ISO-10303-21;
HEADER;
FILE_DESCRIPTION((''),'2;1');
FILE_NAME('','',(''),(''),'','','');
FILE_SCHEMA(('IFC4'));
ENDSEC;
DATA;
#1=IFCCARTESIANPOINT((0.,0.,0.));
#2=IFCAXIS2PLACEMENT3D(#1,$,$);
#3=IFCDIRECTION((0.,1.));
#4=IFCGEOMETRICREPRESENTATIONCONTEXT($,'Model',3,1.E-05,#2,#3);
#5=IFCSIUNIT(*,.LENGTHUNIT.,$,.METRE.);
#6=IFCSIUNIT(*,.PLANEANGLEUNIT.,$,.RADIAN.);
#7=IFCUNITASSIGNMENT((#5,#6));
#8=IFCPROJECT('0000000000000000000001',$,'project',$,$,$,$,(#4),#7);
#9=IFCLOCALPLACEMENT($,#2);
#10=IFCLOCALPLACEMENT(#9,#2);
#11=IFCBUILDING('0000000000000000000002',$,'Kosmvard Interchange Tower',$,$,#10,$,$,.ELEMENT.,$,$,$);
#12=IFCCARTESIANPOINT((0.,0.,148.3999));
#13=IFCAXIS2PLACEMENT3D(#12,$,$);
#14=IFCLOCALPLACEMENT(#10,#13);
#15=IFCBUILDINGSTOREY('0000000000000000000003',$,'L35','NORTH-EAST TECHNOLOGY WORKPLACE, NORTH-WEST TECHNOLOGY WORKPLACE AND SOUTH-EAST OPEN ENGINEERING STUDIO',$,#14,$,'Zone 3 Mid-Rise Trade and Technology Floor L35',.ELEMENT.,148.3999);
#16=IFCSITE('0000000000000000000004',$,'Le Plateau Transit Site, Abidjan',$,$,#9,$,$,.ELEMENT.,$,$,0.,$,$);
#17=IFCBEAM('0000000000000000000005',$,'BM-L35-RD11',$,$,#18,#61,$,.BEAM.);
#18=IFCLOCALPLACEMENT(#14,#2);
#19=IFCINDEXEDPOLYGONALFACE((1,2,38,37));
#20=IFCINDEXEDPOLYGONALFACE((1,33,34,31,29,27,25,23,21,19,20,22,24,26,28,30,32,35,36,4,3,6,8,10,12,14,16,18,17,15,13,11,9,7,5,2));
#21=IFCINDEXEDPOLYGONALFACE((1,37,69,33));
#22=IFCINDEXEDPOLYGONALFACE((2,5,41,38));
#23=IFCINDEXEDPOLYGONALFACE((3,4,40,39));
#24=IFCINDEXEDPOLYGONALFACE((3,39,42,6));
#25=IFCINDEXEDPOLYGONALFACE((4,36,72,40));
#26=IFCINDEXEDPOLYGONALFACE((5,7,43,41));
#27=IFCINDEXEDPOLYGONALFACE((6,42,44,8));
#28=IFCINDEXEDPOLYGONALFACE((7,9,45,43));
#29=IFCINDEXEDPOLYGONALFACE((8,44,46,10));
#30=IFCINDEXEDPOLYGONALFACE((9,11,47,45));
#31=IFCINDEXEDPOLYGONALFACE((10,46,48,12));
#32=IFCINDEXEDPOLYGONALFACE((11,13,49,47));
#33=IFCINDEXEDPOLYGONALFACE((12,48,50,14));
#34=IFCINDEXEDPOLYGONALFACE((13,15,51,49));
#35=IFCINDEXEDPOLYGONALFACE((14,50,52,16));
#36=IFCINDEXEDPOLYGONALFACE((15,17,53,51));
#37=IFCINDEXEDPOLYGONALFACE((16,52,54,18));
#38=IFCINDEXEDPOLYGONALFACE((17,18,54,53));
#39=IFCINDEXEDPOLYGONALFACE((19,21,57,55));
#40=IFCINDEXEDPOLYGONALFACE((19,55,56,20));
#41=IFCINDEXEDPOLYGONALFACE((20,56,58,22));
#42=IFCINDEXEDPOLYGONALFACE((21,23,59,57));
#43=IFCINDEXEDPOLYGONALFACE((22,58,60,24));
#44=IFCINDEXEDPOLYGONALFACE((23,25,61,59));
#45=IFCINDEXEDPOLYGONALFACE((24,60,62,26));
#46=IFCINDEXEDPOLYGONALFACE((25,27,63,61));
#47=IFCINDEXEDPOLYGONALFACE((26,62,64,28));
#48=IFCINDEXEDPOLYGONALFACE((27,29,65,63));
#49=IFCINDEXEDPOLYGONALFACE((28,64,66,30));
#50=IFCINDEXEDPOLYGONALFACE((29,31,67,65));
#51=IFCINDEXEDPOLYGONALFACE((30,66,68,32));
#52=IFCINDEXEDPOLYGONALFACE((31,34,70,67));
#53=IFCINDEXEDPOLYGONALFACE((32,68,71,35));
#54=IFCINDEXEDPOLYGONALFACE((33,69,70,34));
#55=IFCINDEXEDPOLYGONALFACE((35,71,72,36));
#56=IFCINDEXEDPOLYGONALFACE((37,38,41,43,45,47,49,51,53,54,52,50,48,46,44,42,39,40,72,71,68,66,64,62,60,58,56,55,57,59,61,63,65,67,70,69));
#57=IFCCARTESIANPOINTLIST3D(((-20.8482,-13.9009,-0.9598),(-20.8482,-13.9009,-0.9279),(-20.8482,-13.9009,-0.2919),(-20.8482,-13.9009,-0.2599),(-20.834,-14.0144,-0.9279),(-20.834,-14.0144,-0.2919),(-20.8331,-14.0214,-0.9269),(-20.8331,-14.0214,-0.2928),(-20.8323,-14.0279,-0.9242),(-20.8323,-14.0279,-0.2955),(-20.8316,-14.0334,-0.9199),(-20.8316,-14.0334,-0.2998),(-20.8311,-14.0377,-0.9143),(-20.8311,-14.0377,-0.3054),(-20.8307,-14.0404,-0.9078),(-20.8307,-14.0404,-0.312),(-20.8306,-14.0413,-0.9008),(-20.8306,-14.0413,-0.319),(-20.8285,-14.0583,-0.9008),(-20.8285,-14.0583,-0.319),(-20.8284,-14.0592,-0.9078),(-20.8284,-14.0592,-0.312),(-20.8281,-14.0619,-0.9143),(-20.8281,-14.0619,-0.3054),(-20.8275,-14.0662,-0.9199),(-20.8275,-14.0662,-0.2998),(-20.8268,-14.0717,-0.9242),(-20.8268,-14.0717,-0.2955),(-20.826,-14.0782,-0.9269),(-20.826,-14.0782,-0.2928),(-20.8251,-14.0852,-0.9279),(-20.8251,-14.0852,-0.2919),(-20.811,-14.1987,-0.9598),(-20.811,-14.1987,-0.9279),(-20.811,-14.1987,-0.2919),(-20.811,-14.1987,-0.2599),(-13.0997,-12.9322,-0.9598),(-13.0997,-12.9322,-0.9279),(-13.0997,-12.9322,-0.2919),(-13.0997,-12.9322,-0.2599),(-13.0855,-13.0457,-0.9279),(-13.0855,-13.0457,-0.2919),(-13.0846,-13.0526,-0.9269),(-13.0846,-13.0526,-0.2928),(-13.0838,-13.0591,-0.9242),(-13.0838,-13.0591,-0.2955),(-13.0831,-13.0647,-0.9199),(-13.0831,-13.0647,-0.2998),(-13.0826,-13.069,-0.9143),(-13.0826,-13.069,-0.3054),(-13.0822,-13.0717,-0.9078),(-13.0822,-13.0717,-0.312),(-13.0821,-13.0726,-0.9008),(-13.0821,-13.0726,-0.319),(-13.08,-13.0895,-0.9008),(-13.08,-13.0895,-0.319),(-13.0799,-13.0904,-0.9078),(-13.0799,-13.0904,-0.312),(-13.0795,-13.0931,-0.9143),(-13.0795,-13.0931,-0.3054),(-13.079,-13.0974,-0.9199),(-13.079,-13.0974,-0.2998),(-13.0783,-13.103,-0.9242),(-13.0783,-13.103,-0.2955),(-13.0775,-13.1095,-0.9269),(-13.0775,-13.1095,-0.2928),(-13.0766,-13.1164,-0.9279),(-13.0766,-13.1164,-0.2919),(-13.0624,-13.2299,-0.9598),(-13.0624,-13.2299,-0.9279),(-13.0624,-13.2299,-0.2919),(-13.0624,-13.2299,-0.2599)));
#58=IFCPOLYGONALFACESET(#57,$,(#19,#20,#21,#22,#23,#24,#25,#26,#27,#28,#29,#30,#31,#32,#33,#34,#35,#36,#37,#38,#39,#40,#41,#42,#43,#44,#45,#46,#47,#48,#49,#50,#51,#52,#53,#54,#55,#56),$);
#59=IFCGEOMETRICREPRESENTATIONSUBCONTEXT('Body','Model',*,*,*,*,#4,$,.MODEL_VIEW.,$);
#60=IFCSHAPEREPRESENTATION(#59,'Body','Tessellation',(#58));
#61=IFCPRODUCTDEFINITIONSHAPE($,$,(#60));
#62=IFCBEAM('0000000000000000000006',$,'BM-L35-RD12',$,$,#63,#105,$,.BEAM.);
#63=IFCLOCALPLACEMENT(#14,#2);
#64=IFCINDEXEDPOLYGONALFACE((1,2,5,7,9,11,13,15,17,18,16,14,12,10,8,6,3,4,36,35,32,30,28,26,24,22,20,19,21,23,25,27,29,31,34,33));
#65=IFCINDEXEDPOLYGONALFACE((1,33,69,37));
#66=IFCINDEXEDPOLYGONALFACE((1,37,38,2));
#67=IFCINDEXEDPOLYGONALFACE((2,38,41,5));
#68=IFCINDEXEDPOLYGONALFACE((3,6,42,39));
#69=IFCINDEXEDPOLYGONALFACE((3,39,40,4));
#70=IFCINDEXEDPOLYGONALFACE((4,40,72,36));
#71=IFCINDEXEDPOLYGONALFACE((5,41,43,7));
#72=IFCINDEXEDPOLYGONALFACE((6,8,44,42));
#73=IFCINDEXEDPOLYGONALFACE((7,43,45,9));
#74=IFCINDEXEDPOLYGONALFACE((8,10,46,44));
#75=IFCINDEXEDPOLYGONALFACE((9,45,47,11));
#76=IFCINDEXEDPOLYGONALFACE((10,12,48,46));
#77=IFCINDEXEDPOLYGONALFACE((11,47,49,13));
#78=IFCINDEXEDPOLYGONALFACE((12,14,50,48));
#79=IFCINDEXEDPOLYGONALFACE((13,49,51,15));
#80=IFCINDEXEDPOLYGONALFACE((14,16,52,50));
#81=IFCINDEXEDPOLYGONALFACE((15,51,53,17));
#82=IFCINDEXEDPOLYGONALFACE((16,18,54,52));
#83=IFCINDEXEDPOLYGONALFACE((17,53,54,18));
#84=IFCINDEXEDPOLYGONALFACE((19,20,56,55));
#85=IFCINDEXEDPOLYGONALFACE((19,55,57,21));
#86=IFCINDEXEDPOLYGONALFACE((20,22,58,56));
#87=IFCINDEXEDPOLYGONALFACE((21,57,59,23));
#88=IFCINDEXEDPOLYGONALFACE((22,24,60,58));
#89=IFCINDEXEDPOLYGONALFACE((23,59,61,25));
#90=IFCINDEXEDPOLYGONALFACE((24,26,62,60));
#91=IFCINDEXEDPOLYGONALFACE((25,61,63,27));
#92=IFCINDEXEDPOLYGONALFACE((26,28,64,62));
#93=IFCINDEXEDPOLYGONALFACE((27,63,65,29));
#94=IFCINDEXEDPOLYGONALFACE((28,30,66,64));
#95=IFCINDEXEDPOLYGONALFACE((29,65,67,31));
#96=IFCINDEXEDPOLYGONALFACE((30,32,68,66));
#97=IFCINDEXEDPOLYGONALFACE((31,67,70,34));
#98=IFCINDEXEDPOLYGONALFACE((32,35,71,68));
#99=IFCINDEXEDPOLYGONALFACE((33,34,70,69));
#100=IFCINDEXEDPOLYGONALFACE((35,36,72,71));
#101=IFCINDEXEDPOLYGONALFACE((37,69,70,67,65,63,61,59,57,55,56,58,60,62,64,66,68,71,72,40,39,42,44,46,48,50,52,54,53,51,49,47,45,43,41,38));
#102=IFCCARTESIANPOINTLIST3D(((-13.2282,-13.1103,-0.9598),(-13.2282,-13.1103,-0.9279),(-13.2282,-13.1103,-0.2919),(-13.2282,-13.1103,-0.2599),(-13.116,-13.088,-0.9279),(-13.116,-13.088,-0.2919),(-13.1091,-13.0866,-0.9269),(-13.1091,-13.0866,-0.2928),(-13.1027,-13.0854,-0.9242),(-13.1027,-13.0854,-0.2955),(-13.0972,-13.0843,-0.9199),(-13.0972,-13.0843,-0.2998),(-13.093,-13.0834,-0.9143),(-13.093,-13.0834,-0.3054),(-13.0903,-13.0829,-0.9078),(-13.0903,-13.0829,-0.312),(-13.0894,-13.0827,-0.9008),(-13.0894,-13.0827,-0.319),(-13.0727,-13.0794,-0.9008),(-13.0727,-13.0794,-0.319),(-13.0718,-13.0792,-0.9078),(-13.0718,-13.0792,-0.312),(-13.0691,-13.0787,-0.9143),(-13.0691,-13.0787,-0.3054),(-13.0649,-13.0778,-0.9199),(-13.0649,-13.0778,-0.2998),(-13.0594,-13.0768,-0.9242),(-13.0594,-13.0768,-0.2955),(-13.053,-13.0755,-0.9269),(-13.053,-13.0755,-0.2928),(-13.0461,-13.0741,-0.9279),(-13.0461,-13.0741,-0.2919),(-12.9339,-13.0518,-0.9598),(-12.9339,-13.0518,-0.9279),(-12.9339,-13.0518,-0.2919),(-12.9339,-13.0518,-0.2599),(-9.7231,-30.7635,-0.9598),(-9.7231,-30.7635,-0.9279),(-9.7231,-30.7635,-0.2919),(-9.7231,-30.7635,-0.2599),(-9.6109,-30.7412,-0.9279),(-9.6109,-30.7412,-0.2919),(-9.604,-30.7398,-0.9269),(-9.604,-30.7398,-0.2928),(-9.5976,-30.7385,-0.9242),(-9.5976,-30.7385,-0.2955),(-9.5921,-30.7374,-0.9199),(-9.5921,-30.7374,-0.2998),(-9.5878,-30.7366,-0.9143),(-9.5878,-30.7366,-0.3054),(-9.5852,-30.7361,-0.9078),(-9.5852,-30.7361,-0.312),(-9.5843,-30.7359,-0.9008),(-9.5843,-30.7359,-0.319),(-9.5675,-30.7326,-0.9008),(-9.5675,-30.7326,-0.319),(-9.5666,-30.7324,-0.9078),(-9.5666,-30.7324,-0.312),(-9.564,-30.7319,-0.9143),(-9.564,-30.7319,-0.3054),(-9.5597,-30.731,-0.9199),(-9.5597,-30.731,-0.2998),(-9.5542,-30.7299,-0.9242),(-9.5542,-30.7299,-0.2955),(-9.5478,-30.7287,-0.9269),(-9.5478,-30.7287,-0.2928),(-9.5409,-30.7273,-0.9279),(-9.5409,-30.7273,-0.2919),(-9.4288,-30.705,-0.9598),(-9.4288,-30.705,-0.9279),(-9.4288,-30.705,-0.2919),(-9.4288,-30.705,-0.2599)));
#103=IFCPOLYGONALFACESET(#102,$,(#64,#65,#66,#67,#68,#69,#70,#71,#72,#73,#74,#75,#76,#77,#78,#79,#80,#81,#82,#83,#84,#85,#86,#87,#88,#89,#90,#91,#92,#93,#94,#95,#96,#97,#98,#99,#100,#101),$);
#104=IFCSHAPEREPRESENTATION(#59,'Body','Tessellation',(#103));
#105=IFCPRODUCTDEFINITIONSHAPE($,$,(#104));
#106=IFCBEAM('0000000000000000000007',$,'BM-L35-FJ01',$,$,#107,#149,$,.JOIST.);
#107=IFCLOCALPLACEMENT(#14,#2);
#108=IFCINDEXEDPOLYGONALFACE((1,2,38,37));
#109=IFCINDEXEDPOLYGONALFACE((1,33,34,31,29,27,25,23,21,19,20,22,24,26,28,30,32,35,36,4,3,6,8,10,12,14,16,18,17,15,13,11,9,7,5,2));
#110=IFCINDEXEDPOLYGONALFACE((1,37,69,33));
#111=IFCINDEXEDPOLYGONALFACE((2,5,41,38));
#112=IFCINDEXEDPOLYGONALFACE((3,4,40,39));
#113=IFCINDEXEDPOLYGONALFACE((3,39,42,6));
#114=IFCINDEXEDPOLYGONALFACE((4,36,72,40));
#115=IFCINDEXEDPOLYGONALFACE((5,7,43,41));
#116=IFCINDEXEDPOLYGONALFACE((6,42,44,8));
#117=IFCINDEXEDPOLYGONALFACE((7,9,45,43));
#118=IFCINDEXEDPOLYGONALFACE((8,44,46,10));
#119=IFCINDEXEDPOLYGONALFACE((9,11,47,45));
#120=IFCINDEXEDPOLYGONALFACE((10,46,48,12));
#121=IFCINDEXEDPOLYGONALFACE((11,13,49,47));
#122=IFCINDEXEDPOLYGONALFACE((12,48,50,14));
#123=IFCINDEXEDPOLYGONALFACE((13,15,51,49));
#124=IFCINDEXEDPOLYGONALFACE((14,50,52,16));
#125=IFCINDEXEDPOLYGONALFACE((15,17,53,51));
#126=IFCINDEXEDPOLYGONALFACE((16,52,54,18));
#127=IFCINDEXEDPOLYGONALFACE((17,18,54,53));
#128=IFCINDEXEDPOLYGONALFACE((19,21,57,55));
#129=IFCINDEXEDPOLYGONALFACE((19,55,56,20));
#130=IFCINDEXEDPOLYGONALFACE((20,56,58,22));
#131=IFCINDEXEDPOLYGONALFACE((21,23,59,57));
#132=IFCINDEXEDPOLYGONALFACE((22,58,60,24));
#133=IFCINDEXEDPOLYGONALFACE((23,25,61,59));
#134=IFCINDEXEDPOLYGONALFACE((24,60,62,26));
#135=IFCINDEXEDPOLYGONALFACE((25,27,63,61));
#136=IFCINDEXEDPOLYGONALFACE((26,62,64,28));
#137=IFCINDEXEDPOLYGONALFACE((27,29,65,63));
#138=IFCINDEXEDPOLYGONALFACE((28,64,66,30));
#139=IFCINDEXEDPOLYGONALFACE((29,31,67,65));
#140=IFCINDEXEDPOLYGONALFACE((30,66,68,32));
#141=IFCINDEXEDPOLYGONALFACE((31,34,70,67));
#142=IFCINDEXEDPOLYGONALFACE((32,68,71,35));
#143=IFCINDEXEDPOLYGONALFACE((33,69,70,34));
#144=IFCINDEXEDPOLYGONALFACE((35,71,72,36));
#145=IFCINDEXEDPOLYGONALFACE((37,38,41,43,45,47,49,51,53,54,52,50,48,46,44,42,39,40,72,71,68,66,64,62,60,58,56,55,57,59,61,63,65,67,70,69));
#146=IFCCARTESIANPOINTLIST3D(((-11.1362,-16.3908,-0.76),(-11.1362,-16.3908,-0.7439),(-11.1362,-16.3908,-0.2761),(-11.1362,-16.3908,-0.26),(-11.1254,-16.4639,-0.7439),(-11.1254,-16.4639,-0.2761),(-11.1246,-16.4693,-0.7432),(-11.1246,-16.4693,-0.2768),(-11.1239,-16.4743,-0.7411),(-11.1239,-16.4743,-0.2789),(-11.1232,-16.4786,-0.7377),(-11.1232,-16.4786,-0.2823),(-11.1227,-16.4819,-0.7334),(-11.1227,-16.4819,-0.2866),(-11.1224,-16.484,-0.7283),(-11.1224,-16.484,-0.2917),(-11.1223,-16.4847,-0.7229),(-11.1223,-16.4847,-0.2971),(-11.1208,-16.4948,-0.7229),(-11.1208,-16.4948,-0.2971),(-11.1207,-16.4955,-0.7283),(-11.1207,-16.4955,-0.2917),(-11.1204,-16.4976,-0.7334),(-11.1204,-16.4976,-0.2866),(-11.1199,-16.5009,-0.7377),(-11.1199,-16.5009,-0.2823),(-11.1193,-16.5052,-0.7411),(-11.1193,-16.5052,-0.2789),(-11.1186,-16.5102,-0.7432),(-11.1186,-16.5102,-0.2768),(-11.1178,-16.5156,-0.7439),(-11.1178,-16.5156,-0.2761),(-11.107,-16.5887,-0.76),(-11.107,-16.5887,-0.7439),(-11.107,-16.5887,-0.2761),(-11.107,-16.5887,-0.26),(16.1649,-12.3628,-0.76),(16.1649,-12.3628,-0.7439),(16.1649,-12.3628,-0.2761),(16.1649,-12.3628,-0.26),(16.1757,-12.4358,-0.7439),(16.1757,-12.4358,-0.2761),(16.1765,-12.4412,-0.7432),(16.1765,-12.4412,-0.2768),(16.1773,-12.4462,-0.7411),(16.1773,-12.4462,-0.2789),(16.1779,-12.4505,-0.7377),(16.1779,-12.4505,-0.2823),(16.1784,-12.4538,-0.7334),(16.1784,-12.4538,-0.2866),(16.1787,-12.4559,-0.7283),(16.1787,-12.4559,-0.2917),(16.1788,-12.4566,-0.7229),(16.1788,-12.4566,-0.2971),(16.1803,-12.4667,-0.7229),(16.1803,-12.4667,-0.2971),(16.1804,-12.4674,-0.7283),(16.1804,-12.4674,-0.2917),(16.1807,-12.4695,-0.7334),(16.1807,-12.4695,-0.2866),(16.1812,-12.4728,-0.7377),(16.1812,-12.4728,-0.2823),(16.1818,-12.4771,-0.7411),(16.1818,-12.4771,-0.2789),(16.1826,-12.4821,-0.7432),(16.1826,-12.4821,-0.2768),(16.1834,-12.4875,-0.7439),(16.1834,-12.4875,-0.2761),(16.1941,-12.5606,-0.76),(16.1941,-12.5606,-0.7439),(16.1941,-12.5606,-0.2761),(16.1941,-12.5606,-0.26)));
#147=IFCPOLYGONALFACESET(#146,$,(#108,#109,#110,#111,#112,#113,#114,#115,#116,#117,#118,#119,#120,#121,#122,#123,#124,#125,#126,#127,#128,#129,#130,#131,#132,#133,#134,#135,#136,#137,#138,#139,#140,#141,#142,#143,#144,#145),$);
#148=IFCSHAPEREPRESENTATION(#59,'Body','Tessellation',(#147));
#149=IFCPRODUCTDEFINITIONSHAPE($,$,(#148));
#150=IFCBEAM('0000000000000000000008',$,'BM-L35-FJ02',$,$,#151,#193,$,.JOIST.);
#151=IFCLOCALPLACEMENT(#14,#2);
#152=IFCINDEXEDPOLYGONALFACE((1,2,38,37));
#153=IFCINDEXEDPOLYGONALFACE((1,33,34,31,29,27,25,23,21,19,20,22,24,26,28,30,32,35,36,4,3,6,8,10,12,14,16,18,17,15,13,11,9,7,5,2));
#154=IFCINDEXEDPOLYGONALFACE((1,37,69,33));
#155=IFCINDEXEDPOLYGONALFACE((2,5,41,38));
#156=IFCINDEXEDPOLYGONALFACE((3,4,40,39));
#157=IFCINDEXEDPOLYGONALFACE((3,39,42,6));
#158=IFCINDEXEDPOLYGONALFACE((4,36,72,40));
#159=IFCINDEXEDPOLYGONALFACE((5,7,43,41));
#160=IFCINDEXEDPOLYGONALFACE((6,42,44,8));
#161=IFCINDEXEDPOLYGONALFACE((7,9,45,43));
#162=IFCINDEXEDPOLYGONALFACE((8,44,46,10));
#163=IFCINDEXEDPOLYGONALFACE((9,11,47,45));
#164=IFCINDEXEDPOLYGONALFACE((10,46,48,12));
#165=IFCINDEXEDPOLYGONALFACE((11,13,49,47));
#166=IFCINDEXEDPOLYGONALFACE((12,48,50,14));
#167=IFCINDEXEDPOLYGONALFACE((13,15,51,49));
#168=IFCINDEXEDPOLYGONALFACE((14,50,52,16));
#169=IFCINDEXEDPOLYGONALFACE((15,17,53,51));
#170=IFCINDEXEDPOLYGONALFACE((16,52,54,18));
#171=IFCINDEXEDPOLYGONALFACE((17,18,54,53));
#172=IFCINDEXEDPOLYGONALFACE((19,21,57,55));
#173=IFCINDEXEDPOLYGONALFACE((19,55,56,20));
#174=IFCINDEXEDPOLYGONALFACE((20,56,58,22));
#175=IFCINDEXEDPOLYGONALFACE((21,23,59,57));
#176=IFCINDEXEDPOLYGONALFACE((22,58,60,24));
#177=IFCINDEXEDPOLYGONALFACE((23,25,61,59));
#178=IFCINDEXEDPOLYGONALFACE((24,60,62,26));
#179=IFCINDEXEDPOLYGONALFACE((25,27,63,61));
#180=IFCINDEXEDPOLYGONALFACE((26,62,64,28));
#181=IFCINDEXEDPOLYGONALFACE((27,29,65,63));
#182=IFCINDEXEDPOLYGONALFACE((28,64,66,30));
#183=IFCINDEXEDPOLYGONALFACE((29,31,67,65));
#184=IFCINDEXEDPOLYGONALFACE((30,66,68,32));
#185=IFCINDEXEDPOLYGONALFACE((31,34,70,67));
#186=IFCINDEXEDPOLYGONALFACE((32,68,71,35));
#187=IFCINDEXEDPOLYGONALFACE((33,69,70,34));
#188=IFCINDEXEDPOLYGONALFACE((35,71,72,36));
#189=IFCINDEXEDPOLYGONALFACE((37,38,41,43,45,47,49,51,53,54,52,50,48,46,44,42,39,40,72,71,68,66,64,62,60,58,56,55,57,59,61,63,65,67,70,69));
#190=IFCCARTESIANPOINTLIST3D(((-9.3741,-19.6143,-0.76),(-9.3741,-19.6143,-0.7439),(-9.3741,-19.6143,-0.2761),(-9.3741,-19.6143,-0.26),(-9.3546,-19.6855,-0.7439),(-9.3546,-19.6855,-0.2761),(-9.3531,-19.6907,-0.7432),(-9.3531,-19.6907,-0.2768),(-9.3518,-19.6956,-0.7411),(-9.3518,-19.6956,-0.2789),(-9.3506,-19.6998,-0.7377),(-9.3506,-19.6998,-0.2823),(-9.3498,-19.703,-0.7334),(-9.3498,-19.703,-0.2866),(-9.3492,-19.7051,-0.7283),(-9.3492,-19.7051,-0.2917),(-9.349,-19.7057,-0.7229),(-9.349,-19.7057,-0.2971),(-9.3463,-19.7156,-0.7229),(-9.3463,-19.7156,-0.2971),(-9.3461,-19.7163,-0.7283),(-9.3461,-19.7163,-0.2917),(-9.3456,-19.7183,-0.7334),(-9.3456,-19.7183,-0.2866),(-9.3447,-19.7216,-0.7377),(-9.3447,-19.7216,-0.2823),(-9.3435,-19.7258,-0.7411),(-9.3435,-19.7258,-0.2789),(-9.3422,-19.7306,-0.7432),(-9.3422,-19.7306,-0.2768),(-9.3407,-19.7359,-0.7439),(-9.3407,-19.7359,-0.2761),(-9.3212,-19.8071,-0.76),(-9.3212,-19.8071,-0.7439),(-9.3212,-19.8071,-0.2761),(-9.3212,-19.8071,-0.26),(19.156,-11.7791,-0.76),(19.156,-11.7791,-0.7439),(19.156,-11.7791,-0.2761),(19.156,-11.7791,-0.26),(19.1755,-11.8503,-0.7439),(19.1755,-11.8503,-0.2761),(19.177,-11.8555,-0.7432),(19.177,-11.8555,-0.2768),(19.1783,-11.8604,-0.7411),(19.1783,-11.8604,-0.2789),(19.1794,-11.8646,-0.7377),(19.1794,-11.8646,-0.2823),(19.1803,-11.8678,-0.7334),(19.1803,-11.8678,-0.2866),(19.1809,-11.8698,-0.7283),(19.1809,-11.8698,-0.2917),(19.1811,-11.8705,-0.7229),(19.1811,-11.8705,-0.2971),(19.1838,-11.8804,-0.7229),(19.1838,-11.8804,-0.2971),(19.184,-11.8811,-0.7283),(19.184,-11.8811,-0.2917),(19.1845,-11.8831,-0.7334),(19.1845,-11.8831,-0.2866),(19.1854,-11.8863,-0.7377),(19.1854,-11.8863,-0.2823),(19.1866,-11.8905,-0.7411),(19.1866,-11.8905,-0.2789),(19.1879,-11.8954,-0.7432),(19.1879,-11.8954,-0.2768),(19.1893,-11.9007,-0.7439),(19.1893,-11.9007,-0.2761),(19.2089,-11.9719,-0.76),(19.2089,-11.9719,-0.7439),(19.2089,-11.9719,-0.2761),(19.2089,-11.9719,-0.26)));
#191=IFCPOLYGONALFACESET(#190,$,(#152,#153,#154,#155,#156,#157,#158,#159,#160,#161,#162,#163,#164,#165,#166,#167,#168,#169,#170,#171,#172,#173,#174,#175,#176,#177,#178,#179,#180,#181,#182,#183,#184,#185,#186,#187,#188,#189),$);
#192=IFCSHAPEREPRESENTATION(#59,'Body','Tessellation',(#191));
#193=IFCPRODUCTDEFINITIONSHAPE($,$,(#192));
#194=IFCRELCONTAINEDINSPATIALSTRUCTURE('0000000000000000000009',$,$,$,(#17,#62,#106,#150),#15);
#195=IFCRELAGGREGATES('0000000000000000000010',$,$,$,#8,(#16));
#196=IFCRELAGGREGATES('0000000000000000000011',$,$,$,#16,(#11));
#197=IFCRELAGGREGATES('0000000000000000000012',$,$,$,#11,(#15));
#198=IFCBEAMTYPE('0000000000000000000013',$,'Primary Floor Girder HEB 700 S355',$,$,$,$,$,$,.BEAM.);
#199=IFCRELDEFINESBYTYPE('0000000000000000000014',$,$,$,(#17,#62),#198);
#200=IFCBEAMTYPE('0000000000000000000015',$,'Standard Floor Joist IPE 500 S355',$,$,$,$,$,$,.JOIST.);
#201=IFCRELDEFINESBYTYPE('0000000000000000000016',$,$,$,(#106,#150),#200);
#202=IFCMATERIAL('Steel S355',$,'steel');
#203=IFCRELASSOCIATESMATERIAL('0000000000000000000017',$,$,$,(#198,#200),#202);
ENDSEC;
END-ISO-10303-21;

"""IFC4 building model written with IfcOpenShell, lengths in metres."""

from ifc_helpers import new_model, si_unit, direction, frame, origin, origin_2d, place, context, subcontext, project, spatial, i_section, extrude, source, transform, mapped, material, material_profile, profile_set, type_object, element, save


model = new_model("IFC4")

# Units and contexts
model_context = context("Model", 3, precision=1e-05, world=origin(), true_north=direction((0.0, 1.0)))
body_context = subcontext(model_context, "Body", "Model", "MODEL_VIEW")
ifc_project = project(units=[si_unit("LENGTHUNIT", "METRE"), si_unit("PLANEANGLEUNIT", "RADIAN")], contexts=[model_context])

# Site, building, storey
site_placement = place(None, origin())
site = spatial("IfcSite", under=ifc_project, at=site_placement, Name="Le Plateau Transit Site, Abidjan", CompositionType="ELEMENT", RefElevation=0.0)
building_placement = place(site_placement, origin())
building = spatial("IfcBuilding", under=site, at=building_placement, Name="Kosmvard Interchange Tower", CompositionType="ELEMENT")
storey_placement = place(building_placement, frame((0.0, 0.0, 148.3999)))
storey = spatial("IfcBuildingStorey", under=building, at=storey_placement, Name="L35", Description="NORTH-EAST TECHNOLOGY WORKPLACE, NORTH-WEST TECHNOLOGY WORKPLACE AND SOUTH-EAST OPEN ENGINEERING STUDIO", LongName="Zone 3 Mid-Rise Trade and Technology Floor L35", CompositionType="ELEMENT", Elevation=148.3999)

# Beams
ifc_material_1 = material(Name="Steel S355", Category="steel")
ifc_material_profile_1 = material_profile(ifc_material_1, i_section(OverallWidth=0.3, OverallDepth=0.7, WebThickness=0.0171, FlangeThickness=0.032, FilletRadius=0.0271, at=origin_2d()), Name="HEB 700")
ifc_profile_set_1 = profile_set([ifc_material_profile_1], Name="Steel S355")
beam_type_1 = type_object("IfcBeamType", Name="Primary Floor Girder HEB 700 S355", PredefinedType="BEAM", material=ifc_profile_set_1)
shared_shape_1 = source(origin(), body_context, "Body", "SweptSolid", [
    extrude(i_section(OverallWidth=0.3, OverallDepth=0.7, WebThickness=0.0171, FlangeThickness=0.032, FilletRadius=0.0271, at=origin_2d()), origin(), (0.0, 0.0, 1.0), 7.8088),
])
beam_1_placement = place(storey_placement, frame((-13.0811, -13.0811, -0.6099), z_axis=(-0.992275, -0.124058, 0.0), x_axis=(0.124058, -0.992275, 0.0)))
element("IfcBeam", 1, at=beam_1_placement, inside=storey, type_object=beam_type_1, Name="BM-L35-RD11", PredefinedType="BEAM", context=body_context, shape_type="MappedRepresentation", body=[
    mapped(shared_shape_1, transform((0.0, 0.0, 0.0), scale=1.0)),
])
shared_shape_2 = source(origin(), body_context, "Body", "SweptSolid", [
    extrude(i_section(OverallWidth=0.3, OverallDepth=0.7, WebThickness=0.0171, FlangeThickness=0.032, FilletRadius=0.0271, at=origin_2d()), origin(), (0.0, 0.0, 1.0), 17.9978),
])
beam_2_placement = place(storey_placement, frame((-13.0811, -13.0811, -0.6099), z_axis=(0.194754, -0.980852, 0.0), x_axis=(0.980852, 0.194754, 0.0)))
element("IfcBeam", 2, at=beam_2_placement, inside=storey, type_object=beam_type_1, Name="BM-L35-RD12", PredefinedType="BEAM", context=body_context, shape_type="MappedRepresentation", body=[
    mapped(shared_shape_2, transform((0.0, 0.0, 0.0), scale=1.0)),
])
ifc_material_profile_2 = material_profile(ifc_material_1, i_section(OverallWidth=0.2, OverallDepth=0.5, WebThickness=0.0103, FlangeThickness=0.0161, FilletRadius=0.021, at=origin_2d()), Name="IPE 500")
ifc_profile_set_2 = profile_set([ifc_material_profile_2], Name="Steel S355")
beam_type_2 = type_object("IfcBeamType", Name="Standard Floor Joist IPE 500 S355", PredefinedType="JOIST", material=ifc_profile_set_2)
shared_shape_3 = source(origin(), body_context, "Body", "SweptSolid", [
    extrude(i_section(OverallWidth=0.2, OverallDepth=0.5, WebThickness=0.0103, FlangeThickness=0.0161, FilletRadius=0.021, at=origin_2d()), origin(), (0.0, 0.0, 1.0), 27.5967),
])
beam_3_placement = place(storey_placement, frame((-11.1216, -16.4897, -0.51), z_axis=(0.98929, 0.145963, 0.0), x_axis=(-0.145963, 0.98929, 0.0)))
element("IfcBeam", 3, at=beam_3_placement, inside=storey, type_object=beam_type_2, Name="BM-L35-FJ01", PredefinedType="JOIST", context=body_context, shape_type="MappedRepresentation", body=[
    mapped(shared_shape_3, transform((0.0, 0.0, 0.0), scale=1.0)),
])
shared_shape_4 = source(origin(), body_context, "Body", "SweptSolid", [
    extrude(i_section(OverallWidth=0.2, OverallDepth=0.5, WebThickness=0.0103, FlangeThickness=0.0161, FilletRadius=0.021, at=origin_2d()), origin(), (0.0, 0.0, 1.0), 29.5864),
])
beam_4_placement = place(storey_placement, frame((-9.3477, -19.7107, -0.51), z_axis=(0.964297, 0.264825, 0.0), x_axis=(-0.264825, 0.964297, 0.0)))
element("IfcBeam", 4, at=beam_4_placement, inside=storey, type_object=beam_type_2, Name="BM-L35-FJ02", PredefinedType="JOIST", context=body_context, shape_type="MappedRepresentation", body=[
    mapped(shared_shape_4, transform((0.0, 0.0, 0.0), scale=1.0)),
])

save(model, "model.ifc")
